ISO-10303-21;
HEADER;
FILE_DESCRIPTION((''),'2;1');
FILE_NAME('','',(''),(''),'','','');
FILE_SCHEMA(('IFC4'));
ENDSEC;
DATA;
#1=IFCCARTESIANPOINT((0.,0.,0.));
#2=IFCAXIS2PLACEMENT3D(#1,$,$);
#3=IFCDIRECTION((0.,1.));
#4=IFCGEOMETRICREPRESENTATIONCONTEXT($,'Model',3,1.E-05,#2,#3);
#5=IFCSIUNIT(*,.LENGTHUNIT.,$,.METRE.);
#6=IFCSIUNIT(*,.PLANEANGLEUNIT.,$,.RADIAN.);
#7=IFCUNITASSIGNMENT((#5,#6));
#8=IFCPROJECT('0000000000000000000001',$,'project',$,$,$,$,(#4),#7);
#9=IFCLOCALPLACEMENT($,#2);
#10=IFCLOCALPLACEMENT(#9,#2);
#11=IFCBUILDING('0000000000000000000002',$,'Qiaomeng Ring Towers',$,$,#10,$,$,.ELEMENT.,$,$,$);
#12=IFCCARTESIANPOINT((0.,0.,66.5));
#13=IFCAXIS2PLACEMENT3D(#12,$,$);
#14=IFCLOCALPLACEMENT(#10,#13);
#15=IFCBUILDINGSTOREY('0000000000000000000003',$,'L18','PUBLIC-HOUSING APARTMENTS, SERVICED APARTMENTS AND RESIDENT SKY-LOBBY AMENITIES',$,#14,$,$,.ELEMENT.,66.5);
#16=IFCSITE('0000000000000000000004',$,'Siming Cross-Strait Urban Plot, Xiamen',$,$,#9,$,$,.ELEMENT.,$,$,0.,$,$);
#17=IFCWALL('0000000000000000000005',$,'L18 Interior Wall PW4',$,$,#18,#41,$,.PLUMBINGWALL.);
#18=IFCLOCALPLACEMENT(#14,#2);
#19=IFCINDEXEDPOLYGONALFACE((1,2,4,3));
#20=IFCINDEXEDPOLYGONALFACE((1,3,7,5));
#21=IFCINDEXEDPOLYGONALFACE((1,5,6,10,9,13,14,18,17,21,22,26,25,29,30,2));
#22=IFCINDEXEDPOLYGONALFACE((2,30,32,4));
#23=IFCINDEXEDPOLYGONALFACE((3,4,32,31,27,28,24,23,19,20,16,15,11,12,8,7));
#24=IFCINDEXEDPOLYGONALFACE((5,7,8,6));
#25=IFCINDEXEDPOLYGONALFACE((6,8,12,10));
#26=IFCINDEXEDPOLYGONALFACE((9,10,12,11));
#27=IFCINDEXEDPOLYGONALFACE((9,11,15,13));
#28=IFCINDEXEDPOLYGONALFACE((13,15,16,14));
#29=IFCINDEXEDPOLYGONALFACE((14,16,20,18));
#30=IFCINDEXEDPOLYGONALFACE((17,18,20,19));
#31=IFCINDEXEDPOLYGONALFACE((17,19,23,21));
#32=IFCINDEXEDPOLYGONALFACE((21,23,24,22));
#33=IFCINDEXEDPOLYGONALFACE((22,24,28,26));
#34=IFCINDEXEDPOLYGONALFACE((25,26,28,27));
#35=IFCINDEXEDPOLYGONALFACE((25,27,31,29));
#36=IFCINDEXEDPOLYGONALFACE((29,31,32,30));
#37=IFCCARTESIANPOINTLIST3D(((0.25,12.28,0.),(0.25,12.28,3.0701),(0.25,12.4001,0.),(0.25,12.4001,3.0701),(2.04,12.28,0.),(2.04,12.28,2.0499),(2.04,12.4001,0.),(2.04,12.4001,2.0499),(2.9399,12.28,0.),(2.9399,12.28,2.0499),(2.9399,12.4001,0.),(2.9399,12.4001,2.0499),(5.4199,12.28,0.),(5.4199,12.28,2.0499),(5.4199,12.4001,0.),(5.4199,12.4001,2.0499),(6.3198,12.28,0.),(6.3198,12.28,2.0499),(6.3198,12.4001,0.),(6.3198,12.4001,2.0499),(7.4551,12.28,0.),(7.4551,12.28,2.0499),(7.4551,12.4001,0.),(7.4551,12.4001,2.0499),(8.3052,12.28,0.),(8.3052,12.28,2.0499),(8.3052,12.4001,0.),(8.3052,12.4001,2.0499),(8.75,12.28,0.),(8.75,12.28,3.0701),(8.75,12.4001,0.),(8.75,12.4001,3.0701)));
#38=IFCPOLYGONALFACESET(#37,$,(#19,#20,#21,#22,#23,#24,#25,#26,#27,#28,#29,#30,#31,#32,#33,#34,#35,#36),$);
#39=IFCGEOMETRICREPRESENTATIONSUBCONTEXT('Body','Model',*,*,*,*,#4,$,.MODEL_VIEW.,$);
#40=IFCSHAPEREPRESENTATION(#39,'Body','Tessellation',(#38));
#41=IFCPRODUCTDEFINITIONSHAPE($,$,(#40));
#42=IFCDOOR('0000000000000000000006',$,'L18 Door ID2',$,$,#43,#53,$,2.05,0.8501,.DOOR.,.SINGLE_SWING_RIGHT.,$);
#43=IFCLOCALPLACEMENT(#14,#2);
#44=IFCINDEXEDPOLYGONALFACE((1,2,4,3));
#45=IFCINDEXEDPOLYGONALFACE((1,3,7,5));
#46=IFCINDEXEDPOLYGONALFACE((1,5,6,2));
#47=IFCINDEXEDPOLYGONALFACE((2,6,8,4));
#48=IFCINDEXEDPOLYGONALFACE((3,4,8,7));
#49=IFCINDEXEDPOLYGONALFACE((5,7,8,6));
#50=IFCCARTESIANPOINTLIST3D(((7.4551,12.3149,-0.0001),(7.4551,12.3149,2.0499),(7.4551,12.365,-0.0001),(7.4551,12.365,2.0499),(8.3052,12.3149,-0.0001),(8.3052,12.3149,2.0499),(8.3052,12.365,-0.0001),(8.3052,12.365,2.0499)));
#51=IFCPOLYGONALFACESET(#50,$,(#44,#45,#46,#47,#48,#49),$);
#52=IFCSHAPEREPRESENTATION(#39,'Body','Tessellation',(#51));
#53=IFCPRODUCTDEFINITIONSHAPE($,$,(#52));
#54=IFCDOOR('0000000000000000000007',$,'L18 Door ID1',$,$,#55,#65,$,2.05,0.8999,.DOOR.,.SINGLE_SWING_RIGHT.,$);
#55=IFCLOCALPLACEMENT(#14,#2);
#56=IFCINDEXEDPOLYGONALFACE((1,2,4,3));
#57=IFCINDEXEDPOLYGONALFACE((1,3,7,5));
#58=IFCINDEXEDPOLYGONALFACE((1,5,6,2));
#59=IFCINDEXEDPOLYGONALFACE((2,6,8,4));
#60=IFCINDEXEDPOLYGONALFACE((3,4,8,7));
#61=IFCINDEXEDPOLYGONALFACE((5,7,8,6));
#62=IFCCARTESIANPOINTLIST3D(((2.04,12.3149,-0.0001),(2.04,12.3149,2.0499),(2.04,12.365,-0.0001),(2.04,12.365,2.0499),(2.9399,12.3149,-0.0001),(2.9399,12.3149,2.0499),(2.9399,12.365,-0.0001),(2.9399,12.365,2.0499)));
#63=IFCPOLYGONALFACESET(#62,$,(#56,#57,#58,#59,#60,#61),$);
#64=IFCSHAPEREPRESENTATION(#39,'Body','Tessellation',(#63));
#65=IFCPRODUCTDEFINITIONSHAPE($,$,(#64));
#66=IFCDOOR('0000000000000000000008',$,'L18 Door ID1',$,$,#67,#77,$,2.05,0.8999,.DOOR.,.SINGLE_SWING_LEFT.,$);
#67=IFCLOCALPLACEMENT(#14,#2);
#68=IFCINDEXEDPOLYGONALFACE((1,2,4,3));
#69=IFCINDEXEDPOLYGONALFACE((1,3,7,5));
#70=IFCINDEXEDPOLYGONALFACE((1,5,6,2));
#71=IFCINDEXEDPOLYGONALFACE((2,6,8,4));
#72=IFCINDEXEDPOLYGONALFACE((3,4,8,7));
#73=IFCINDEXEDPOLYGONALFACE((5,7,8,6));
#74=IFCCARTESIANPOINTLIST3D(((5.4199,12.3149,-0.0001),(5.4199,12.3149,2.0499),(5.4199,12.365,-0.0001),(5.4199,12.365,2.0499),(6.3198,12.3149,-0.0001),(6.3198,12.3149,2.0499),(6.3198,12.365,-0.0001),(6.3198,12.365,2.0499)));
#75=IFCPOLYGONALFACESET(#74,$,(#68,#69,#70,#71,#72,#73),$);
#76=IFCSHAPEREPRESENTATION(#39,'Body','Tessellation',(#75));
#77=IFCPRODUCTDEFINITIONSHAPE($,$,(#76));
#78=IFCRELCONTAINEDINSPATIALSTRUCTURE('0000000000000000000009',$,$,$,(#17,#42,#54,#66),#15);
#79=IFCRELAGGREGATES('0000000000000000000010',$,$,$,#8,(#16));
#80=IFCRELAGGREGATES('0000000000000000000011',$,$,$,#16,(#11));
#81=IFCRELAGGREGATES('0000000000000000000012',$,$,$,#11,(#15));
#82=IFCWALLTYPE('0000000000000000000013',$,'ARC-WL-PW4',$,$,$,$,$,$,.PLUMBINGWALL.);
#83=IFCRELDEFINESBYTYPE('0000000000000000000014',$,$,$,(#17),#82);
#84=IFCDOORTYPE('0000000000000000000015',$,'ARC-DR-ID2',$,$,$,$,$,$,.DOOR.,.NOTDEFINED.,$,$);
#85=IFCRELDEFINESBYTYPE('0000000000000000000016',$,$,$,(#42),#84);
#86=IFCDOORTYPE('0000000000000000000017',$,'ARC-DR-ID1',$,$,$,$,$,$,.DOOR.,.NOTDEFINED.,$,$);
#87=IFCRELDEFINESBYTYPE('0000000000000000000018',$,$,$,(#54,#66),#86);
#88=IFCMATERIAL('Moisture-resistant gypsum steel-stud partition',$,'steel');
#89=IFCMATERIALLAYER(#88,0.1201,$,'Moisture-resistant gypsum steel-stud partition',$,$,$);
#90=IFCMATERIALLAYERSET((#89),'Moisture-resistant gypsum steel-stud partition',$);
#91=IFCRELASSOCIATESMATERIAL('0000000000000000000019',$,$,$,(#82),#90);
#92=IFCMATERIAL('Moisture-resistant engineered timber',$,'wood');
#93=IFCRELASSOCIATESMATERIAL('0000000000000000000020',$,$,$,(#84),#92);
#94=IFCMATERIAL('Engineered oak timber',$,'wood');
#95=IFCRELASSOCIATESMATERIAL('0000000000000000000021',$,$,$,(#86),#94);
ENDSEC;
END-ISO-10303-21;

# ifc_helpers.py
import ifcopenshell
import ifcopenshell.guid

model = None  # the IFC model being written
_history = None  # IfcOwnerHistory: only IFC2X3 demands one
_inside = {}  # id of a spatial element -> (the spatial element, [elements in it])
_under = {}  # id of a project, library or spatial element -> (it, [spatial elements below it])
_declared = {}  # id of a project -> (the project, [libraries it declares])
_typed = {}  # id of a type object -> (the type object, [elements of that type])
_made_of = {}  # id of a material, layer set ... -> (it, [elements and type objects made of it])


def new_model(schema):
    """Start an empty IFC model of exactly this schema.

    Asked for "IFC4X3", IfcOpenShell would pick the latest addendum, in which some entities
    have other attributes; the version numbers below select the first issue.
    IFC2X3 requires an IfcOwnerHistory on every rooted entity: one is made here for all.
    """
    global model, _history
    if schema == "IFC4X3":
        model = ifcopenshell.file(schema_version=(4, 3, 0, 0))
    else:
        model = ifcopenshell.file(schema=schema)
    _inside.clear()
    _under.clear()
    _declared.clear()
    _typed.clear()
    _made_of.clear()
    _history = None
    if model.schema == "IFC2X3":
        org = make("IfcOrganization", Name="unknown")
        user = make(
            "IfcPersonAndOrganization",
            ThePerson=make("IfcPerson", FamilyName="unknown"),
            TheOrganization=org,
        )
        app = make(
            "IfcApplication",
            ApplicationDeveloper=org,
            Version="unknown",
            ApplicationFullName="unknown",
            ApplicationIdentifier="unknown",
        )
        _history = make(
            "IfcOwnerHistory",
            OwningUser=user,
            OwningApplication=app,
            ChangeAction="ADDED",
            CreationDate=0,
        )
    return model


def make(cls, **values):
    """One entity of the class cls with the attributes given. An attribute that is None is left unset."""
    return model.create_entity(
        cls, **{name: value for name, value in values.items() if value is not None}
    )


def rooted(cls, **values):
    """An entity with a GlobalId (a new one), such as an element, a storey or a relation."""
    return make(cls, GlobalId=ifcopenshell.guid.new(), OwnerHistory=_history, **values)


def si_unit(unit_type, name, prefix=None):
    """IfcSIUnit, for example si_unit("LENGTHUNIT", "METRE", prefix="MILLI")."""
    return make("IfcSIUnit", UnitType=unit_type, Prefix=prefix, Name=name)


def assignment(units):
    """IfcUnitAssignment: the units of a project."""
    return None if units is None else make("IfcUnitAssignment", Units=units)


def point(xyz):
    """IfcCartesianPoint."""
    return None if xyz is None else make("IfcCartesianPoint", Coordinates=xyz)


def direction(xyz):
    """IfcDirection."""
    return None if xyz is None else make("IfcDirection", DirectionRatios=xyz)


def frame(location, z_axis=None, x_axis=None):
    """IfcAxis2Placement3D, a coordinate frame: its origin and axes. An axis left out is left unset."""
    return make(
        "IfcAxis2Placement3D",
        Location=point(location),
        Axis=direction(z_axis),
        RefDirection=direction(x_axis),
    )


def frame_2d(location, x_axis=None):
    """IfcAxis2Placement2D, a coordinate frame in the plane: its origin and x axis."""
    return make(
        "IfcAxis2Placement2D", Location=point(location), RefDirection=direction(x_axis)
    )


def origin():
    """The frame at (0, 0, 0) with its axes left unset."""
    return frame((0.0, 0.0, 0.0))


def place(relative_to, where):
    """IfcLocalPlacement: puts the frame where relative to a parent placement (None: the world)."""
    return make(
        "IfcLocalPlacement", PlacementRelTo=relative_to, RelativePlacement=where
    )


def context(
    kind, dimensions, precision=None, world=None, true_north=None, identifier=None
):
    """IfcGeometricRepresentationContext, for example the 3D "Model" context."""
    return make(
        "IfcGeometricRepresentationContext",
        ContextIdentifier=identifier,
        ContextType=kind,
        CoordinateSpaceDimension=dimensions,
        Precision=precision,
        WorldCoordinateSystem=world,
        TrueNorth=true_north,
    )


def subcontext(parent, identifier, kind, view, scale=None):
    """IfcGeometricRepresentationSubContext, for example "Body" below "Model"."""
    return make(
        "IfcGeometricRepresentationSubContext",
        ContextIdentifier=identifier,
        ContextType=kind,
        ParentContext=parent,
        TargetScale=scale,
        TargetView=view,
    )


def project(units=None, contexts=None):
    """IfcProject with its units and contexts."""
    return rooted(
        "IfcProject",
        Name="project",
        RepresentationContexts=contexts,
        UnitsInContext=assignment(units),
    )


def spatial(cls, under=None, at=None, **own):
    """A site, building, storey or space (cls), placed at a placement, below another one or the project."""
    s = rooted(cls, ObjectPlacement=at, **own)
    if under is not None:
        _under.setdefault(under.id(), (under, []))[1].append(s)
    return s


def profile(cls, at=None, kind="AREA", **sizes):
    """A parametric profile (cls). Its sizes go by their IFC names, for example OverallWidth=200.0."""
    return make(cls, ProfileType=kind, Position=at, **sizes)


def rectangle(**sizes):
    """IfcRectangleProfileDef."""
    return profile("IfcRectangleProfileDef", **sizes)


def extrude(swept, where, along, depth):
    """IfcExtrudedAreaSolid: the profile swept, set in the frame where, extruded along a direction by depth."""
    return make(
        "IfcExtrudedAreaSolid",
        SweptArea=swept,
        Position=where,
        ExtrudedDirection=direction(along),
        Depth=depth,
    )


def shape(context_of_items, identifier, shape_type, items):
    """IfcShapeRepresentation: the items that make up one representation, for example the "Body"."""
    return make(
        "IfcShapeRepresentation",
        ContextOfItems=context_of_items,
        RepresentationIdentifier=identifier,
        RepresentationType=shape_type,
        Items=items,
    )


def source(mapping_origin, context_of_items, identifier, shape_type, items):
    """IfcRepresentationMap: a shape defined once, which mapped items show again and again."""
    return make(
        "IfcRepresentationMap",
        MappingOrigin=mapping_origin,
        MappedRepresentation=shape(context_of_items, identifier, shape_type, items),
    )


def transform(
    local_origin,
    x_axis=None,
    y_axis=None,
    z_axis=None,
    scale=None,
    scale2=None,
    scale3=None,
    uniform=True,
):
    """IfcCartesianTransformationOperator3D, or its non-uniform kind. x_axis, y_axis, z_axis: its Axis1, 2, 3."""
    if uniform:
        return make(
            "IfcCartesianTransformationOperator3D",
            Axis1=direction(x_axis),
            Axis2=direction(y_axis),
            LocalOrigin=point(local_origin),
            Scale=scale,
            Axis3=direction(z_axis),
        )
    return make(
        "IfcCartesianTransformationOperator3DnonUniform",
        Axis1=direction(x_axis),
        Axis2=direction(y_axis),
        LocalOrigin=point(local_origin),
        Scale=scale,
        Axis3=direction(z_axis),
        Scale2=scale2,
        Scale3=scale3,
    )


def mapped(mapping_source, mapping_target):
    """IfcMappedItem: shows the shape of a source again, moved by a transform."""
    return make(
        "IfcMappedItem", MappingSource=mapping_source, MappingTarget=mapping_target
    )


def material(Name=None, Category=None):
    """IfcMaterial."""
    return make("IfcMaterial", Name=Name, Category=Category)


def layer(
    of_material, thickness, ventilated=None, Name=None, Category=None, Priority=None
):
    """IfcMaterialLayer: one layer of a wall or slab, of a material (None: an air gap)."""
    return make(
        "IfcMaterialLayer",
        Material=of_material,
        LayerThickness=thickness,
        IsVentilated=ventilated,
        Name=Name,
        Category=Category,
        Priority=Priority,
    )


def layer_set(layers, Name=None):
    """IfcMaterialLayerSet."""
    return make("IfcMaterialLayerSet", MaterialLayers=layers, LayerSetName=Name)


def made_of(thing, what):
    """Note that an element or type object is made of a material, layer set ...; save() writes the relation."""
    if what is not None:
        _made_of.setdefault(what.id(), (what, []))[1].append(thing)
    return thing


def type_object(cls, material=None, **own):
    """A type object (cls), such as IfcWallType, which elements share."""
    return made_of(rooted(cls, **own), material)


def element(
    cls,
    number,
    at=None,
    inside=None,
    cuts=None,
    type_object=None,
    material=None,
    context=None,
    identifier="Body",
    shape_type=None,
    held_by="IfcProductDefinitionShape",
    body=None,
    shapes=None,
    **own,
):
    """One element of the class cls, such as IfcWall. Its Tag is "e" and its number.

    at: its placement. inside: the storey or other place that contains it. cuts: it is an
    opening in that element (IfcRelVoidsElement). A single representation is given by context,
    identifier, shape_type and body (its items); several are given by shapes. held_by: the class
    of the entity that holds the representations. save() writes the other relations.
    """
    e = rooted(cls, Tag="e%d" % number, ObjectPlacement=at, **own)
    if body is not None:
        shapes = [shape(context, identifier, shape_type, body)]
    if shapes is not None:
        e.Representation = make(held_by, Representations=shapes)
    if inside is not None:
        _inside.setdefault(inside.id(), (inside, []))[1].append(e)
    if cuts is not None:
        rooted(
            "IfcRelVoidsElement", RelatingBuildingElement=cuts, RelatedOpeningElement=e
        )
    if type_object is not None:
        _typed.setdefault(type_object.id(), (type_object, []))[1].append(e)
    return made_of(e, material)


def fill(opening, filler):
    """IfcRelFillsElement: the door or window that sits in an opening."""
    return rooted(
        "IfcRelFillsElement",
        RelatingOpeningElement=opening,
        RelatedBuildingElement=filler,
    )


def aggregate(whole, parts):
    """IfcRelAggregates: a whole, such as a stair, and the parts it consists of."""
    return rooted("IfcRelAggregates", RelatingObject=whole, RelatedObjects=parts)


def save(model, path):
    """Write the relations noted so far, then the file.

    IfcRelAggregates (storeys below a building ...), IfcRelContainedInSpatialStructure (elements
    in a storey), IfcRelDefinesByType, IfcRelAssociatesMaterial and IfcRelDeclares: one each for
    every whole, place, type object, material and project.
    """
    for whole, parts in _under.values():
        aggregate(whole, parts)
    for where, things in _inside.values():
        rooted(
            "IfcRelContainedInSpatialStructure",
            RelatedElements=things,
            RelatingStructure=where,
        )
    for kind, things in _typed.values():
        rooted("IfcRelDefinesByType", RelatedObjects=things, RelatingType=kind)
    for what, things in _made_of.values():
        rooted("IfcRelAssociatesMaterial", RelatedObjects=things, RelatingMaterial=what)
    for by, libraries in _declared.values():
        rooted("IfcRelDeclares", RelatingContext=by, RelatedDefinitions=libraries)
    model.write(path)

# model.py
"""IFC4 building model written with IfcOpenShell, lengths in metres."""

from ifc_helpers import new_model, si_unit, direction, frame, frame_2d, origin, place, context, subcontext, project, spatial, rectangle, extrude, source, transform, mapped, material, layer, layer_set, type_object, element, fill, save


model = new_model("IFC4")

# Units and contexts
model_context = context("Model", 3, precision=1e-05, world=origin(), true_north=direction((0.0, 1.0)))
body_context = subcontext(model_context, "Body", "Model", "MODEL_VIEW")
ifc_project = project(units=[si_unit("LENGTHUNIT", "METRE"), si_unit("PLANEANGLEUNIT", "RADIAN")], contexts=[model_context])

# Site, building, storey
site_placement = place(None, origin())
site = spatial("IfcSite", under=ifc_project, at=site_placement, Name="Siming Cross-Strait Urban Plot, Xiamen", CompositionType="ELEMENT", RefElevation=0.0)
building_placement = place(site_placement, origin())
building = spatial("IfcBuilding", under=site, at=building_placement, Name="Qiaomeng Ring Towers", CompositionType="ELEMENT")
storey_placement = place(building_placement, frame((0.0, 0.0, 66.5)))
storey = spatial("IfcBuildingStorey", under=building, at=storey_placement, Name="L18", Description="PUBLIC-HOUSING APARTMENTS, SERVICED APARTMENTS AND RESIDENT SKY-LOBBY AMENITIES", CompositionType="ELEMENT", Elevation=66.5)

# Wall, openings, doors
ifc_material_1 = material(Name="Moisture-resistant gypsum steel-stud partition", Category="steel")
ifc_layer_1 = layer(ifc_material_1, 0.1201, Name="Moisture-resistant gypsum steel-stud partition")
ifc_layer_set_1 = layer_set([ifc_layer_1], Name="Moisture-resistant gypsum steel-stud partition")
wall_type_1 = type_object("IfcWallType", Name="ARC-WL-PW4", PredefinedType="PLUMBINGWALL", material=ifc_layer_set_1)
wall_1_placement = place(storey_placement, frame((0.25, 12.3401, 0.0), z_axis=(0.0, 0.0, 1.0), x_axis=(1.0, 0.0, 0.0)))
wall_1 = element("IfcWall", 1, at=wall_1_placement, inside=storey, type_object=wall_type_1, Name="L18 Interior Wall PW4", PredefinedType="PLUMBINGWALL", context=body_context, shape_type="SweptSolid", body=[
    extrude(rectangle(XDim=8.5, YDim=0.1201, at=frame_2d((4.25, 0.0))), origin(), (0.0, 0.0, 1.0), 3.0701),
])
opening_1_placement = place(wall_1_placement, frame((1.79, 0.0, 0.0)))
opening_1 = element("IfcOpeningElement", 2, at=opening_1_placement, cuts=wall_1, PredefinedType="OPENING", context=body_context, shape_type="SweptSolid", body=[
    extrude(rectangle(XDim=0.8999, YDim=2.05, at=frame_2d((0.45, 1.0249))), frame((0.0, 0.0701, 0.0), z_axis=(0.0, -1.0, 0.0), x_axis=(1.0, 0.0, 0.0)), (0.0, 0.0, 1.0), 0.1401),
])
opening_2_placement = place(wall_1_placement, frame((5.1699, 0.0, 0.0)))
opening_2 = element("IfcOpeningElement", 3, at=opening_2_placement, cuts=wall_1, PredefinedType="OPENING", context=body_context, shape_type="SweptSolid", body=[
    extrude(rectangle(XDim=0.8999, YDim=2.05, at=frame_2d((0.45, 1.0249))), frame((0.0, 0.0701, 0.0), z_axis=(0.0, -1.0, 0.0), x_axis=(1.0, 0.0, 0.0)), (0.0, 0.0, 1.0), 0.1401),
])
opening_3_placement = place(wall_1_placement, frame((7.2051, 0.0, 0.0)))
opening_3 = element("IfcOpeningElement", 4, at=opening_3_placement, cuts=wall_1, PredefinedType="OPENING", context=body_context, shape_type="SweptSolid", body=[
    extrude(rectangle(XDim=0.8501, YDim=2.05, at=frame_2d((0.425, 1.0249))), frame((0.0, 0.0701, 0.0), z_axis=(0.0, -1.0, 0.0), x_axis=(1.0, 0.0, 0.0)), (0.0, 0.0, 1.0), 0.1401),
])
ifc_material_2 = material(Name="Moisture-resistant engineered timber", Category="wood")
door_type_1 = type_object("IfcDoorType", Name="ARC-DR-ID2", OperationType="NOTDEFINED", PredefinedType="DOOR", material=ifc_material_2)
shared_shape_1 = source(origin(), body_context, "Body", "SweptSolid", [
    extrude(rectangle(XDim=0.8501, YDim=2.05, at=frame_2d((0.425, 1.0249))), frame((0.0, 0.0249, 0.0), z_axis=(0.0, -1.0, 0.0), x_axis=(1.0, 0.0, 0.0)), (0.0, 0.0, 1.0), 0.05),
])
door_1_placement = place(opening_3_placement, origin())
door_1 = element("IfcDoor", 5, at=door_1_placement, inside=storey, type_object=door_type_1, Name="L18 Door ID2", OperationType="SINGLE_SWING_RIGHT", OverallHeight=2.05, OverallWidth=0.8501, PredefinedType="DOOR", context=body_context, shape_type="MappedRepresentation", body=[
    mapped(shared_shape_1, transform((0.0, 0.0, 0.0), x_axis=(1.0, 0.0, 0.0), y_axis=(0.0, 1.0, 0.0), z_axis=(0.0, 0.0, 1.0), scale=1.0)),
])
fill(opening_3, door_1)
ifc_material_3 = material(Name="Engineered oak timber", Category="wood")
door_type_2 = type_object("IfcDoorType", Name="ARC-DR-ID1", OperationType="NOTDEFINED", PredefinedType="DOOR", material=ifc_material_3)
shared_shape_2 = source(origin(), body_context, "Body", "SweptSolid", [
    extrude(rectangle(XDim=0.8999, YDim=2.05, at=frame_2d((0.45, 1.0249))), frame((0.0, 0.0249, 0.0), z_axis=(0.0, -1.0, 0.0), x_axis=(1.0, 0.0, 0.0)), (0.0, 0.0, 1.0), 0.05),
])
door_2_placement = place(opening_1_placement, origin())
door_2 = element("IfcDoor", 6, at=door_2_placement, inside=storey, type_object=door_type_2, Name="L18 Door ID1", OperationType="SINGLE_SWING_RIGHT", OverallHeight=2.05, OverallWidth=0.8999, PredefinedType="DOOR", context=body_context, shape_type="MappedRepresentation", body=[
    mapped(shared_shape_2, transform((0.0, 0.0, 0.0), x_axis=(1.0, 0.0, 0.0), y_axis=(0.0, 1.0, 0.0), z_axis=(0.0, 0.0, 1.0), scale=1.0)),
])
fill(opening_1, door_2)
door_3_placement = place(opening_2_placement, origin())
door_3 = element("IfcDoor", 7, at=door_3_placement, inside=storey, type_object=door_type_2, Name="L18 Door ID1", OperationType="SINGLE_SWING_LEFT", OverallHeight=2.05, OverallWidth=0.8999, PredefinedType="DOOR", context=body_context, shape_type="MappedRepresentation", body=[
    mapped(shared_shape_2, transform((0.0, 0.0, 0.0), x_axis=(1.0, 0.0, 0.0), y_axis=(0.0, 1.0, 0.0), z_axis=(0.0, 0.0, 1.0), scale=1.0)),
])
fill(opening_2, door_3)

save(model, "model.ifc")
